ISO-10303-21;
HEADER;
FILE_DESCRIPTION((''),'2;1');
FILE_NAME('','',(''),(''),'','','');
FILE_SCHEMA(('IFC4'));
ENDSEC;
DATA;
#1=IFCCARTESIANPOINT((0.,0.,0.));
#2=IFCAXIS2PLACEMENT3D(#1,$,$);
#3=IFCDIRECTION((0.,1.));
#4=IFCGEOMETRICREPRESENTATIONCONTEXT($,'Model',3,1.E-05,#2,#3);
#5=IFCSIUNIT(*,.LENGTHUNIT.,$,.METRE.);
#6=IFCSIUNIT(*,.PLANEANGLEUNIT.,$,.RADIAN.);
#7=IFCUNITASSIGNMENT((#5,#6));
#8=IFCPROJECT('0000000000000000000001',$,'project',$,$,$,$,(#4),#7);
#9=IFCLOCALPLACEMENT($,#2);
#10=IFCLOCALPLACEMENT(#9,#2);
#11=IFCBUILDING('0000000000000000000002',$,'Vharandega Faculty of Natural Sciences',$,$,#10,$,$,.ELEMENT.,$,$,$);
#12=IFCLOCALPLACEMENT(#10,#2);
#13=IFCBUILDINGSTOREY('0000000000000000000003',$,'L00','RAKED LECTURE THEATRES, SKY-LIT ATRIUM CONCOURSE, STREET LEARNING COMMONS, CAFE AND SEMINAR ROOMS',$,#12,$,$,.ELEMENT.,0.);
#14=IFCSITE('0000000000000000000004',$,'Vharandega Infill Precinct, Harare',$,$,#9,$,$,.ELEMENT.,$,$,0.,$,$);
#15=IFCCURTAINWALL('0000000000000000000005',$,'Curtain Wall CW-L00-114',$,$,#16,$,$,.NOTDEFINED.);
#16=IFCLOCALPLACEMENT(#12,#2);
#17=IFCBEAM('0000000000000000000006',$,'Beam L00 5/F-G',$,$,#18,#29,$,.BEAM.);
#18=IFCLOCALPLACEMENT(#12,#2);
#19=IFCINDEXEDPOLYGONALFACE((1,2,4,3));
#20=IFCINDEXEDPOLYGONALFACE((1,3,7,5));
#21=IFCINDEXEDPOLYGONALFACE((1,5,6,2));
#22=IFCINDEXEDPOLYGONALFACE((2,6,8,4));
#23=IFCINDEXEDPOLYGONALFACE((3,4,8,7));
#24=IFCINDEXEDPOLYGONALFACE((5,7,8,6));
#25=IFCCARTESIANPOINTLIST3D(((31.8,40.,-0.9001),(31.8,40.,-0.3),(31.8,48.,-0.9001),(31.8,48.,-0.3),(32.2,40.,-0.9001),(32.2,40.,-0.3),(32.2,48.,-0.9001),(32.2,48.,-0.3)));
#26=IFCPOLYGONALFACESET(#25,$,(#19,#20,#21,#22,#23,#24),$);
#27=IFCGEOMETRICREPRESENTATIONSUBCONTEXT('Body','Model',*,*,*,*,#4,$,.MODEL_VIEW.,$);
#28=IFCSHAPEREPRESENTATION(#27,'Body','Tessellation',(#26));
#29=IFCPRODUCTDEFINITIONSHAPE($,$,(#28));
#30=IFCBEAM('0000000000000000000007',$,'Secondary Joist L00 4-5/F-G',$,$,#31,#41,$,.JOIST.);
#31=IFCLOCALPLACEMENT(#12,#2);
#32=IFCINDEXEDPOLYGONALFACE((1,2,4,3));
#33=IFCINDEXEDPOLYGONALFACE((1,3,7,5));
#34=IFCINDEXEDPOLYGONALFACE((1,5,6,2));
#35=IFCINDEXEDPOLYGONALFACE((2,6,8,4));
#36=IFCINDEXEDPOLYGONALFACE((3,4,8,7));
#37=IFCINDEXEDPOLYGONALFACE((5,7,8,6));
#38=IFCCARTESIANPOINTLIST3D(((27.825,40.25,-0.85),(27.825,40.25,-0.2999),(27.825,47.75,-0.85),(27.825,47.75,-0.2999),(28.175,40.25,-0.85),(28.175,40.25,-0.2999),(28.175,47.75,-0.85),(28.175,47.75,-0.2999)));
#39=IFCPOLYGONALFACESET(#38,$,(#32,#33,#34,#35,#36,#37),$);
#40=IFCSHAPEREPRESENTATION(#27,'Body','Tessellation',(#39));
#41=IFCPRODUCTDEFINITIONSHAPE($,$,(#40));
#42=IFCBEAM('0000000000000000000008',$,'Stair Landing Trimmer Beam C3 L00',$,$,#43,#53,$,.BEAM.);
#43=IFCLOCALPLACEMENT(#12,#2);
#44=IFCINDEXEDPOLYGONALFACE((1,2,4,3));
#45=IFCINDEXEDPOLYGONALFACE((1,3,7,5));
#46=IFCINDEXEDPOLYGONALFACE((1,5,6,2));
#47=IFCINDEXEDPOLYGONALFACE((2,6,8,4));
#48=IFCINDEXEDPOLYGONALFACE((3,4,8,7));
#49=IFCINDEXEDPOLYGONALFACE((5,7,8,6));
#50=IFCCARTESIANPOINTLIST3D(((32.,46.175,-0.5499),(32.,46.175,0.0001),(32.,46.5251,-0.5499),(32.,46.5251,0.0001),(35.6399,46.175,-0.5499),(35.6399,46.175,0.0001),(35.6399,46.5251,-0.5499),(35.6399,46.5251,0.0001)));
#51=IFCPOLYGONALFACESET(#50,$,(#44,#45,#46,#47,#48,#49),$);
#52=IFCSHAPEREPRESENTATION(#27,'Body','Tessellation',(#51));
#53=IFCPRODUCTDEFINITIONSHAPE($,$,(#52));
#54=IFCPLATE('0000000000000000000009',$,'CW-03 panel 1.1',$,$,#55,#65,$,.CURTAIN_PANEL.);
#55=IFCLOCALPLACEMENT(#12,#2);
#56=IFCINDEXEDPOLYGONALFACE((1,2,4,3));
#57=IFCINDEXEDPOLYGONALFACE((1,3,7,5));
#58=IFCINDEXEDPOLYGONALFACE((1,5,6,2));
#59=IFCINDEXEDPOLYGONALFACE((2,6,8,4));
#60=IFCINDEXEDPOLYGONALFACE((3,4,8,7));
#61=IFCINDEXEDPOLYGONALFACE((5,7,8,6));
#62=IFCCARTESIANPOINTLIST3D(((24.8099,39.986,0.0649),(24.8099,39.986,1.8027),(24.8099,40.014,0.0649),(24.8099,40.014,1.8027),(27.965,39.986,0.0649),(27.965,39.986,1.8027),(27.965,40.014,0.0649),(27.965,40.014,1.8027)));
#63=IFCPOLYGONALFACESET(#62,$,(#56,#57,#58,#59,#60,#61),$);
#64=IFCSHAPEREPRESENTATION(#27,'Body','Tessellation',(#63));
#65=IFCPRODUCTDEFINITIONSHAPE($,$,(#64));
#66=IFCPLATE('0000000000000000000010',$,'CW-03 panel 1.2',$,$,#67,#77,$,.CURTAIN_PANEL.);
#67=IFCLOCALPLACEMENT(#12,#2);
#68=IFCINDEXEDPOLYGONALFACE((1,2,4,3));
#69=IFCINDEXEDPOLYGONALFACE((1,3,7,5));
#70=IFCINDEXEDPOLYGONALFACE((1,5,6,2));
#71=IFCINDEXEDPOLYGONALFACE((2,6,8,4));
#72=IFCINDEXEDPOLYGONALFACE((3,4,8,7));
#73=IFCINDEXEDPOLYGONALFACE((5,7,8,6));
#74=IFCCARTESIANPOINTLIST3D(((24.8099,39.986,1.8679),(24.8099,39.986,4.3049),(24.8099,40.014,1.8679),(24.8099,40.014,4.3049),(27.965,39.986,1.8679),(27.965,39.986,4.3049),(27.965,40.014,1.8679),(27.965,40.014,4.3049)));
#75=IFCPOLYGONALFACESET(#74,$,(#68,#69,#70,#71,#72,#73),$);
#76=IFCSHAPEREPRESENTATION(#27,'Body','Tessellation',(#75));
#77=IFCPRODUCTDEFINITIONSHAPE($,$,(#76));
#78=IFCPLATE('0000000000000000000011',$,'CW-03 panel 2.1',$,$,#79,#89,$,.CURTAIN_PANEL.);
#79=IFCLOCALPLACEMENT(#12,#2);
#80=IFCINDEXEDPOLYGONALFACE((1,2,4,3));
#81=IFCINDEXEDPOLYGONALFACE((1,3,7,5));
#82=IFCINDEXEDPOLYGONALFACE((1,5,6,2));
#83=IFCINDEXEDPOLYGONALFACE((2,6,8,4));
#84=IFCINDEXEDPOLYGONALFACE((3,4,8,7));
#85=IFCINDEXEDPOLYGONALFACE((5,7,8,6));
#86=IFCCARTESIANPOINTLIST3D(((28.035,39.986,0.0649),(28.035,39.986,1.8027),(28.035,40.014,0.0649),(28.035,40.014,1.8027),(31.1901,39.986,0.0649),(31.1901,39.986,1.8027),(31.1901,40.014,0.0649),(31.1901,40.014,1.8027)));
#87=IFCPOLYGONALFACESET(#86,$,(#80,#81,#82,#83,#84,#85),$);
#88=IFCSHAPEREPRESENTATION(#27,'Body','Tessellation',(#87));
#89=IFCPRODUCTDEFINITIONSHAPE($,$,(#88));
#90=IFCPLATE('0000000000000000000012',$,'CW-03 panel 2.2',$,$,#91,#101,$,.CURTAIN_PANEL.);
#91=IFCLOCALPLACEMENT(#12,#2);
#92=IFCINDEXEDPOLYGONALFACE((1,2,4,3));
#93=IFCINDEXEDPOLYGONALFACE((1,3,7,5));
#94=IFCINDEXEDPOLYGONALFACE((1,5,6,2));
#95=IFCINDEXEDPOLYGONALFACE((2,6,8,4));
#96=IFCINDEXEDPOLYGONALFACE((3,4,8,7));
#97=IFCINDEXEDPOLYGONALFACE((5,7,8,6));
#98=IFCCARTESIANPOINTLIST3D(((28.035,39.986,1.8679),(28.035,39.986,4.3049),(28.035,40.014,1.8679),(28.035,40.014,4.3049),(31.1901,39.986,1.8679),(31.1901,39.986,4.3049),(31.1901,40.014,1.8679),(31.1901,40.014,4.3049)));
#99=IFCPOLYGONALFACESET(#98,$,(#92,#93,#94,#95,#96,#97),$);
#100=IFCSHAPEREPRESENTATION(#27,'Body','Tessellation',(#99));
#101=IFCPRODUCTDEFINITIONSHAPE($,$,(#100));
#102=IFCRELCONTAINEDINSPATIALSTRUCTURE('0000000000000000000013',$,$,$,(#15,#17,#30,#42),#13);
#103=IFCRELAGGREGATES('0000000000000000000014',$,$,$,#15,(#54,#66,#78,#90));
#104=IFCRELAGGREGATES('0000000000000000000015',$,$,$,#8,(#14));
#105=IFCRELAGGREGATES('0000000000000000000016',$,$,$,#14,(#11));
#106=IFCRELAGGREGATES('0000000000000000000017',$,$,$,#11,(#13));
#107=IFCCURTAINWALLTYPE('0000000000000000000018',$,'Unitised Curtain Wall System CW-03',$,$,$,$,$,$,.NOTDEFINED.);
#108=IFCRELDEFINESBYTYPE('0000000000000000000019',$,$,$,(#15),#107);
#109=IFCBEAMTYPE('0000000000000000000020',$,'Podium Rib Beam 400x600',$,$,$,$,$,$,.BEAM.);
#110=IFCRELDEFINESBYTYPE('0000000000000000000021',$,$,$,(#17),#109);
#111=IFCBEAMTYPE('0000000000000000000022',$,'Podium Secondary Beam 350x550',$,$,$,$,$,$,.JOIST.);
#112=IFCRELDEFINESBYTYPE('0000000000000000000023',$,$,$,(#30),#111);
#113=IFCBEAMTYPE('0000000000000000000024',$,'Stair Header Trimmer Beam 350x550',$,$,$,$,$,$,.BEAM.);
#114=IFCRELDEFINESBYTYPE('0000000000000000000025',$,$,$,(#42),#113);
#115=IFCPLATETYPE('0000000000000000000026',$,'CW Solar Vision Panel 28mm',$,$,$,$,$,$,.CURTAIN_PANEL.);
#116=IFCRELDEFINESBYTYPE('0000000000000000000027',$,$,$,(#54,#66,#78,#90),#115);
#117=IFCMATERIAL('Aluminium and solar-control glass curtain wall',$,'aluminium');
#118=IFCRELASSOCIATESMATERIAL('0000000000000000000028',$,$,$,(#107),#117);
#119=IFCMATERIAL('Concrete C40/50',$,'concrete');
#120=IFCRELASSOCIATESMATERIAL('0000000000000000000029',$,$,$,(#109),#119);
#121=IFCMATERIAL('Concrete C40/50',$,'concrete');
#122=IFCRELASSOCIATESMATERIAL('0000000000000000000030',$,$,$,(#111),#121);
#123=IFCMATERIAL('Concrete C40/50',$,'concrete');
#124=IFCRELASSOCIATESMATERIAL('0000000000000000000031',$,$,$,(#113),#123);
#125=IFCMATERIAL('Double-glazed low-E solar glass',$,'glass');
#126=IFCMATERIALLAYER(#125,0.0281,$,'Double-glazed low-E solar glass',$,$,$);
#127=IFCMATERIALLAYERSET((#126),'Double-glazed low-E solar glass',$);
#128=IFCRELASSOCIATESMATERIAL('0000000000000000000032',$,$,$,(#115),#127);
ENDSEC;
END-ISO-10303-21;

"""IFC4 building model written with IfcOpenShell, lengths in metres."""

from ifc_helpers import new_model, si_unit, direction, frame, origin, origin_2d, place, context, subcontext, project, spatial, rectangle, extrude, material, layer, layer_set, material_profile, profile_set, type_object, element, aggregate, save


model = new_model("IFC4")

# Units and contexts
model_context = context("Model", 3, precision=1e-05, world=origin(), true_north=direction((0.0, 1.0)))
body_context = subcontext(model_context, "Body", "Model", "MODEL_VIEW")
ifc_project = project(units=[si_unit("LENGTHUNIT", "METRE"), si_unit("PLANEANGLEUNIT", "RADIAN")], contexts=[model_context])

# Site, building, storey
site_placement = place(None, origin())
site = spatial("IfcSite", under=ifc_project, at=site_placement, Name="Vharandega Infill Precinct, Harare", CompositionType="ELEMENT", RefElevation=0.0)
building_placement = place(site_placement, origin())
building = spatial("IfcBuilding", under=site, at=building_placement, Name="Vharandega Faculty of Natural Sciences", CompositionType="ELEMENT")
storey_placement = place(building_placement, origin())
storey = spatial("IfcBuildingStorey", under=building, at=storey_placement, Name="L00", Description="RAKED LECTURE THEATRES, SKY-LIT ATRIUM CONCOURSE, STREET LEARNING COMMONS, CAFE AND SEMINAR ROOMS", CompositionType="ELEMENT", Elevation=0.0)

# Curtain wall
ifc_material_1 = material(Name="Aluminium and solar-control glass curtain wall", Category="aluminium")
curtain_wall_type_1 = type_object("IfcCurtainWallType", Name="Unitised Curtain Wall System CW-03", PredefinedType="NOTDEFINED", material=ifc_material_1)
curtain_wall_1_placement = place(storey_placement, origin())
curtain_wall_1 = element("IfcCurtainWall", 1, at=curtain_wall_1_placement, inside=storey, type_object=curtain_wall_type_1, Name="Curtain Wall CW-L00-114", PredefinedType="NOTDEFINED")

# Beams
ifc_material_2 = material(Name="Concrete C40/50", Category="concrete")
ifc_material_profile_1 = material_profile(ifc_material_2, rectangle(XDim=0.3999, YDim=0.6001, at=origin_2d()), Name="RC 400x600")
ifc_profile_set_1 = profile_set([ifc_material_profile_1], Name="Concrete C40/50")
beam_type_1 = type_object("IfcBeamType", Name="Podium Rib Beam 400x600", PredefinedType="BEAM", material=ifc_profile_set_1)
beam_1_placement = place(storey_placement, frame((32.0, 40.0, -0.6001), z_axis=(0.0, 1.0, 0.0), x_axis=(-1.0, 0.0, 0.0)))
element("IfcBeam", 2, at=beam_1_placement, inside=storey, type_object=beam_type_1, Name="Beam L00 5/F-G", PredefinedType="BEAM", context=body_context, shape_type="SweptSolid", body=[
    extrude(rectangle(XDim=0.3999, YDim=0.6001, at=origin_2d()), origin(), (0.0, 0.0, 1.0), 8.0),
])
ifc_material_3 = material(Name="Concrete C40/50", Category="concrete")
ifc_material_profile_2 = material_profile(ifc_material_3, rectangle(XDim=0.3501, YDim=0.55, at=origin_2d()), Name="RC 350x550")
ifc_profile_set_2 = profile_set([ifc_material_profile_2], Name="Concrete C40/50")
beam_type_2 = type_object("IfcBeamType", Name="Podium Secondary Beam 350x550", PredefinedType="JOIST", material=ifc_profile_set_2)
beam_2_placement = place(storey_placement, frame((28.0, 40.25, -0.575), z_axis=(0.0, 1.0, 0.0), x_axis=(-1.0, 0.0, 0.0)))
element("IfcBeam", 3, at=beam_2_placement, inside=storey, type_object=beam_type_2, Name="Secondary Joist L00 4-5/F-G", PredefinedType="JOIST", context=body_context, shape_type="SweptSolid", body=[
    extrude(rectangle(XDim=0.3501, YDim=0.55, at=origin_2d()), origin(), (0.0, 0.0, 1.0), 7.5),
])
ifc_material_4 = material(Name="Concrete C40/50", Category="concrete")
ifc_material_profile_3 = material_profile(ifc_material_4, rectangle(XDim=0.3501, YDim=0.55, at=origin_2d()), Name="RC 350x550")
ifc_profile_set_3 = profile_set([ifc_material_profile_3], Name="Concrete C40/50")
beam_type_3 = type_object("IfcBeamType", Name="Stair Header Trimmer Beam 350x550", PredefinedType="BEAM", material=ifc_profile_set_3)
beam_3_placement = place(storey_placement, frame((32.0, 46.3501, -0.2749), z_axis=(1.0, 0.0, 0.0), x_axis=(0.0, 1.0, 0.0)))
element("IfcBeam", 4, at=beam_3_placement, inside=storey, type_object=beam_type_3, Name="Stair Landing Trimmer Beam C3 L00", PredefinedType="BEAM", context=body_context, shape_type="SweptSolid", body=[
    extrude(rectangle(XDim=0.3501, YDim=0.55, at=origin_2d()), origin(), (0.0, 0.0, 1.0), 3.6399),
])

# Plates
ifc_material_5 = material(Name="Double-glazed low-E solar glass", Category="glass")
ifc_layer = layer(ifc_material_5, 0.0281, Name="Double-glazed low-E solar glass")
ifc_layer_set = layer_set([ifc_layer], Name="Double-glazed low-E solar glass")
plate_type = type_object("IfcPlateType", Name="CW Solar Vision Panel 28mm", PredefinedType="CURTAIN_PANEL", material=ifc_layer_set)
plate_1_placement = place(storey_placement, frame((26.3875, 40.0, 0.0649), z_axis=(0.0, 0.0, 1.0), x_axis=(1.0, 0.0, 0.0)))
plate_1 = element("IfcPlate", 5, at=plate_1_placement, type_object=plate_type, Name="CW-03 panel 1.1", PredefinedType="CURTAIN_PANEL", context=body_context, shape_type="SweptSolid", body=[
    extrude(rectangle(XDim=3.155, YDim=0.0281, at=origin_2d()), origin(), (0.0, 0.0, 1.0), 1.7378),
])
plate_2_placement = place(storey_placement, frame((26.3875, 40.0, 1.8679), z_axis=(0.0, 0.0, 1.0), x_axis=(1.0, 0.0, 0.0)))
plate_2 = element("IfcPlate", 6, at=plate_2_placement, type_object=plate_type, Name="CW-03 panel 1.2", PredefinedType="CURTAIN_PANEL", context=body_context, shape_type="SweptSolid", body=[
    extrude(rectangle(XDim=3.155, YDim=0.0281, at=origin_2d()), origin(), (0.0, 0.0, 1.0), 2.437),
])
plate_3_placement = place(storey_placement, frame((29.6125, 40.0, 0.0649), z_axis=(0.0, 0.0, 1.0), x_axis=(1.0, 0.0, 0.0)))
plate_3 = element("IfcPlate", 7, at=plate_3_placement, type_object=plate_type, Name="CW-03 panel 2.1", PredefinedType="CURTAIN_PANEL", context=body_context, shape_type="SweptSolid", body=[
    extrude(rectangle(XDim=3.155, YDim=0.0281, at=origin_2d()), origin(), (0.0, 0.0, 1.0), 1.7378),
])
plate_4_placement = place(storey_placement, frame((29.6125, 40.0, 1.8679), z_axis=(0.0, 0.0, 1.0), x_axis=(1.0, 0.0, 0.0)))
plate_4 = element("IfcPlate", 8, at=plate_4_placement, type_object=plate_type, Name="CW-03 panel 2.2", PredefinedType="CURTAIN_PANEL", context=body_context, shape_type="SweptSolid", body=[
    extrude(rectangle(XDim=3.155, YDim=0.0281, at=origin_2d()), origin(), (0.0, 0.0, 1.0), 2.437),
])
aggregate(curtain_wall_1, [plate_1, plate_2, plate_3, plate_4])

save(model, "model.ifc")
